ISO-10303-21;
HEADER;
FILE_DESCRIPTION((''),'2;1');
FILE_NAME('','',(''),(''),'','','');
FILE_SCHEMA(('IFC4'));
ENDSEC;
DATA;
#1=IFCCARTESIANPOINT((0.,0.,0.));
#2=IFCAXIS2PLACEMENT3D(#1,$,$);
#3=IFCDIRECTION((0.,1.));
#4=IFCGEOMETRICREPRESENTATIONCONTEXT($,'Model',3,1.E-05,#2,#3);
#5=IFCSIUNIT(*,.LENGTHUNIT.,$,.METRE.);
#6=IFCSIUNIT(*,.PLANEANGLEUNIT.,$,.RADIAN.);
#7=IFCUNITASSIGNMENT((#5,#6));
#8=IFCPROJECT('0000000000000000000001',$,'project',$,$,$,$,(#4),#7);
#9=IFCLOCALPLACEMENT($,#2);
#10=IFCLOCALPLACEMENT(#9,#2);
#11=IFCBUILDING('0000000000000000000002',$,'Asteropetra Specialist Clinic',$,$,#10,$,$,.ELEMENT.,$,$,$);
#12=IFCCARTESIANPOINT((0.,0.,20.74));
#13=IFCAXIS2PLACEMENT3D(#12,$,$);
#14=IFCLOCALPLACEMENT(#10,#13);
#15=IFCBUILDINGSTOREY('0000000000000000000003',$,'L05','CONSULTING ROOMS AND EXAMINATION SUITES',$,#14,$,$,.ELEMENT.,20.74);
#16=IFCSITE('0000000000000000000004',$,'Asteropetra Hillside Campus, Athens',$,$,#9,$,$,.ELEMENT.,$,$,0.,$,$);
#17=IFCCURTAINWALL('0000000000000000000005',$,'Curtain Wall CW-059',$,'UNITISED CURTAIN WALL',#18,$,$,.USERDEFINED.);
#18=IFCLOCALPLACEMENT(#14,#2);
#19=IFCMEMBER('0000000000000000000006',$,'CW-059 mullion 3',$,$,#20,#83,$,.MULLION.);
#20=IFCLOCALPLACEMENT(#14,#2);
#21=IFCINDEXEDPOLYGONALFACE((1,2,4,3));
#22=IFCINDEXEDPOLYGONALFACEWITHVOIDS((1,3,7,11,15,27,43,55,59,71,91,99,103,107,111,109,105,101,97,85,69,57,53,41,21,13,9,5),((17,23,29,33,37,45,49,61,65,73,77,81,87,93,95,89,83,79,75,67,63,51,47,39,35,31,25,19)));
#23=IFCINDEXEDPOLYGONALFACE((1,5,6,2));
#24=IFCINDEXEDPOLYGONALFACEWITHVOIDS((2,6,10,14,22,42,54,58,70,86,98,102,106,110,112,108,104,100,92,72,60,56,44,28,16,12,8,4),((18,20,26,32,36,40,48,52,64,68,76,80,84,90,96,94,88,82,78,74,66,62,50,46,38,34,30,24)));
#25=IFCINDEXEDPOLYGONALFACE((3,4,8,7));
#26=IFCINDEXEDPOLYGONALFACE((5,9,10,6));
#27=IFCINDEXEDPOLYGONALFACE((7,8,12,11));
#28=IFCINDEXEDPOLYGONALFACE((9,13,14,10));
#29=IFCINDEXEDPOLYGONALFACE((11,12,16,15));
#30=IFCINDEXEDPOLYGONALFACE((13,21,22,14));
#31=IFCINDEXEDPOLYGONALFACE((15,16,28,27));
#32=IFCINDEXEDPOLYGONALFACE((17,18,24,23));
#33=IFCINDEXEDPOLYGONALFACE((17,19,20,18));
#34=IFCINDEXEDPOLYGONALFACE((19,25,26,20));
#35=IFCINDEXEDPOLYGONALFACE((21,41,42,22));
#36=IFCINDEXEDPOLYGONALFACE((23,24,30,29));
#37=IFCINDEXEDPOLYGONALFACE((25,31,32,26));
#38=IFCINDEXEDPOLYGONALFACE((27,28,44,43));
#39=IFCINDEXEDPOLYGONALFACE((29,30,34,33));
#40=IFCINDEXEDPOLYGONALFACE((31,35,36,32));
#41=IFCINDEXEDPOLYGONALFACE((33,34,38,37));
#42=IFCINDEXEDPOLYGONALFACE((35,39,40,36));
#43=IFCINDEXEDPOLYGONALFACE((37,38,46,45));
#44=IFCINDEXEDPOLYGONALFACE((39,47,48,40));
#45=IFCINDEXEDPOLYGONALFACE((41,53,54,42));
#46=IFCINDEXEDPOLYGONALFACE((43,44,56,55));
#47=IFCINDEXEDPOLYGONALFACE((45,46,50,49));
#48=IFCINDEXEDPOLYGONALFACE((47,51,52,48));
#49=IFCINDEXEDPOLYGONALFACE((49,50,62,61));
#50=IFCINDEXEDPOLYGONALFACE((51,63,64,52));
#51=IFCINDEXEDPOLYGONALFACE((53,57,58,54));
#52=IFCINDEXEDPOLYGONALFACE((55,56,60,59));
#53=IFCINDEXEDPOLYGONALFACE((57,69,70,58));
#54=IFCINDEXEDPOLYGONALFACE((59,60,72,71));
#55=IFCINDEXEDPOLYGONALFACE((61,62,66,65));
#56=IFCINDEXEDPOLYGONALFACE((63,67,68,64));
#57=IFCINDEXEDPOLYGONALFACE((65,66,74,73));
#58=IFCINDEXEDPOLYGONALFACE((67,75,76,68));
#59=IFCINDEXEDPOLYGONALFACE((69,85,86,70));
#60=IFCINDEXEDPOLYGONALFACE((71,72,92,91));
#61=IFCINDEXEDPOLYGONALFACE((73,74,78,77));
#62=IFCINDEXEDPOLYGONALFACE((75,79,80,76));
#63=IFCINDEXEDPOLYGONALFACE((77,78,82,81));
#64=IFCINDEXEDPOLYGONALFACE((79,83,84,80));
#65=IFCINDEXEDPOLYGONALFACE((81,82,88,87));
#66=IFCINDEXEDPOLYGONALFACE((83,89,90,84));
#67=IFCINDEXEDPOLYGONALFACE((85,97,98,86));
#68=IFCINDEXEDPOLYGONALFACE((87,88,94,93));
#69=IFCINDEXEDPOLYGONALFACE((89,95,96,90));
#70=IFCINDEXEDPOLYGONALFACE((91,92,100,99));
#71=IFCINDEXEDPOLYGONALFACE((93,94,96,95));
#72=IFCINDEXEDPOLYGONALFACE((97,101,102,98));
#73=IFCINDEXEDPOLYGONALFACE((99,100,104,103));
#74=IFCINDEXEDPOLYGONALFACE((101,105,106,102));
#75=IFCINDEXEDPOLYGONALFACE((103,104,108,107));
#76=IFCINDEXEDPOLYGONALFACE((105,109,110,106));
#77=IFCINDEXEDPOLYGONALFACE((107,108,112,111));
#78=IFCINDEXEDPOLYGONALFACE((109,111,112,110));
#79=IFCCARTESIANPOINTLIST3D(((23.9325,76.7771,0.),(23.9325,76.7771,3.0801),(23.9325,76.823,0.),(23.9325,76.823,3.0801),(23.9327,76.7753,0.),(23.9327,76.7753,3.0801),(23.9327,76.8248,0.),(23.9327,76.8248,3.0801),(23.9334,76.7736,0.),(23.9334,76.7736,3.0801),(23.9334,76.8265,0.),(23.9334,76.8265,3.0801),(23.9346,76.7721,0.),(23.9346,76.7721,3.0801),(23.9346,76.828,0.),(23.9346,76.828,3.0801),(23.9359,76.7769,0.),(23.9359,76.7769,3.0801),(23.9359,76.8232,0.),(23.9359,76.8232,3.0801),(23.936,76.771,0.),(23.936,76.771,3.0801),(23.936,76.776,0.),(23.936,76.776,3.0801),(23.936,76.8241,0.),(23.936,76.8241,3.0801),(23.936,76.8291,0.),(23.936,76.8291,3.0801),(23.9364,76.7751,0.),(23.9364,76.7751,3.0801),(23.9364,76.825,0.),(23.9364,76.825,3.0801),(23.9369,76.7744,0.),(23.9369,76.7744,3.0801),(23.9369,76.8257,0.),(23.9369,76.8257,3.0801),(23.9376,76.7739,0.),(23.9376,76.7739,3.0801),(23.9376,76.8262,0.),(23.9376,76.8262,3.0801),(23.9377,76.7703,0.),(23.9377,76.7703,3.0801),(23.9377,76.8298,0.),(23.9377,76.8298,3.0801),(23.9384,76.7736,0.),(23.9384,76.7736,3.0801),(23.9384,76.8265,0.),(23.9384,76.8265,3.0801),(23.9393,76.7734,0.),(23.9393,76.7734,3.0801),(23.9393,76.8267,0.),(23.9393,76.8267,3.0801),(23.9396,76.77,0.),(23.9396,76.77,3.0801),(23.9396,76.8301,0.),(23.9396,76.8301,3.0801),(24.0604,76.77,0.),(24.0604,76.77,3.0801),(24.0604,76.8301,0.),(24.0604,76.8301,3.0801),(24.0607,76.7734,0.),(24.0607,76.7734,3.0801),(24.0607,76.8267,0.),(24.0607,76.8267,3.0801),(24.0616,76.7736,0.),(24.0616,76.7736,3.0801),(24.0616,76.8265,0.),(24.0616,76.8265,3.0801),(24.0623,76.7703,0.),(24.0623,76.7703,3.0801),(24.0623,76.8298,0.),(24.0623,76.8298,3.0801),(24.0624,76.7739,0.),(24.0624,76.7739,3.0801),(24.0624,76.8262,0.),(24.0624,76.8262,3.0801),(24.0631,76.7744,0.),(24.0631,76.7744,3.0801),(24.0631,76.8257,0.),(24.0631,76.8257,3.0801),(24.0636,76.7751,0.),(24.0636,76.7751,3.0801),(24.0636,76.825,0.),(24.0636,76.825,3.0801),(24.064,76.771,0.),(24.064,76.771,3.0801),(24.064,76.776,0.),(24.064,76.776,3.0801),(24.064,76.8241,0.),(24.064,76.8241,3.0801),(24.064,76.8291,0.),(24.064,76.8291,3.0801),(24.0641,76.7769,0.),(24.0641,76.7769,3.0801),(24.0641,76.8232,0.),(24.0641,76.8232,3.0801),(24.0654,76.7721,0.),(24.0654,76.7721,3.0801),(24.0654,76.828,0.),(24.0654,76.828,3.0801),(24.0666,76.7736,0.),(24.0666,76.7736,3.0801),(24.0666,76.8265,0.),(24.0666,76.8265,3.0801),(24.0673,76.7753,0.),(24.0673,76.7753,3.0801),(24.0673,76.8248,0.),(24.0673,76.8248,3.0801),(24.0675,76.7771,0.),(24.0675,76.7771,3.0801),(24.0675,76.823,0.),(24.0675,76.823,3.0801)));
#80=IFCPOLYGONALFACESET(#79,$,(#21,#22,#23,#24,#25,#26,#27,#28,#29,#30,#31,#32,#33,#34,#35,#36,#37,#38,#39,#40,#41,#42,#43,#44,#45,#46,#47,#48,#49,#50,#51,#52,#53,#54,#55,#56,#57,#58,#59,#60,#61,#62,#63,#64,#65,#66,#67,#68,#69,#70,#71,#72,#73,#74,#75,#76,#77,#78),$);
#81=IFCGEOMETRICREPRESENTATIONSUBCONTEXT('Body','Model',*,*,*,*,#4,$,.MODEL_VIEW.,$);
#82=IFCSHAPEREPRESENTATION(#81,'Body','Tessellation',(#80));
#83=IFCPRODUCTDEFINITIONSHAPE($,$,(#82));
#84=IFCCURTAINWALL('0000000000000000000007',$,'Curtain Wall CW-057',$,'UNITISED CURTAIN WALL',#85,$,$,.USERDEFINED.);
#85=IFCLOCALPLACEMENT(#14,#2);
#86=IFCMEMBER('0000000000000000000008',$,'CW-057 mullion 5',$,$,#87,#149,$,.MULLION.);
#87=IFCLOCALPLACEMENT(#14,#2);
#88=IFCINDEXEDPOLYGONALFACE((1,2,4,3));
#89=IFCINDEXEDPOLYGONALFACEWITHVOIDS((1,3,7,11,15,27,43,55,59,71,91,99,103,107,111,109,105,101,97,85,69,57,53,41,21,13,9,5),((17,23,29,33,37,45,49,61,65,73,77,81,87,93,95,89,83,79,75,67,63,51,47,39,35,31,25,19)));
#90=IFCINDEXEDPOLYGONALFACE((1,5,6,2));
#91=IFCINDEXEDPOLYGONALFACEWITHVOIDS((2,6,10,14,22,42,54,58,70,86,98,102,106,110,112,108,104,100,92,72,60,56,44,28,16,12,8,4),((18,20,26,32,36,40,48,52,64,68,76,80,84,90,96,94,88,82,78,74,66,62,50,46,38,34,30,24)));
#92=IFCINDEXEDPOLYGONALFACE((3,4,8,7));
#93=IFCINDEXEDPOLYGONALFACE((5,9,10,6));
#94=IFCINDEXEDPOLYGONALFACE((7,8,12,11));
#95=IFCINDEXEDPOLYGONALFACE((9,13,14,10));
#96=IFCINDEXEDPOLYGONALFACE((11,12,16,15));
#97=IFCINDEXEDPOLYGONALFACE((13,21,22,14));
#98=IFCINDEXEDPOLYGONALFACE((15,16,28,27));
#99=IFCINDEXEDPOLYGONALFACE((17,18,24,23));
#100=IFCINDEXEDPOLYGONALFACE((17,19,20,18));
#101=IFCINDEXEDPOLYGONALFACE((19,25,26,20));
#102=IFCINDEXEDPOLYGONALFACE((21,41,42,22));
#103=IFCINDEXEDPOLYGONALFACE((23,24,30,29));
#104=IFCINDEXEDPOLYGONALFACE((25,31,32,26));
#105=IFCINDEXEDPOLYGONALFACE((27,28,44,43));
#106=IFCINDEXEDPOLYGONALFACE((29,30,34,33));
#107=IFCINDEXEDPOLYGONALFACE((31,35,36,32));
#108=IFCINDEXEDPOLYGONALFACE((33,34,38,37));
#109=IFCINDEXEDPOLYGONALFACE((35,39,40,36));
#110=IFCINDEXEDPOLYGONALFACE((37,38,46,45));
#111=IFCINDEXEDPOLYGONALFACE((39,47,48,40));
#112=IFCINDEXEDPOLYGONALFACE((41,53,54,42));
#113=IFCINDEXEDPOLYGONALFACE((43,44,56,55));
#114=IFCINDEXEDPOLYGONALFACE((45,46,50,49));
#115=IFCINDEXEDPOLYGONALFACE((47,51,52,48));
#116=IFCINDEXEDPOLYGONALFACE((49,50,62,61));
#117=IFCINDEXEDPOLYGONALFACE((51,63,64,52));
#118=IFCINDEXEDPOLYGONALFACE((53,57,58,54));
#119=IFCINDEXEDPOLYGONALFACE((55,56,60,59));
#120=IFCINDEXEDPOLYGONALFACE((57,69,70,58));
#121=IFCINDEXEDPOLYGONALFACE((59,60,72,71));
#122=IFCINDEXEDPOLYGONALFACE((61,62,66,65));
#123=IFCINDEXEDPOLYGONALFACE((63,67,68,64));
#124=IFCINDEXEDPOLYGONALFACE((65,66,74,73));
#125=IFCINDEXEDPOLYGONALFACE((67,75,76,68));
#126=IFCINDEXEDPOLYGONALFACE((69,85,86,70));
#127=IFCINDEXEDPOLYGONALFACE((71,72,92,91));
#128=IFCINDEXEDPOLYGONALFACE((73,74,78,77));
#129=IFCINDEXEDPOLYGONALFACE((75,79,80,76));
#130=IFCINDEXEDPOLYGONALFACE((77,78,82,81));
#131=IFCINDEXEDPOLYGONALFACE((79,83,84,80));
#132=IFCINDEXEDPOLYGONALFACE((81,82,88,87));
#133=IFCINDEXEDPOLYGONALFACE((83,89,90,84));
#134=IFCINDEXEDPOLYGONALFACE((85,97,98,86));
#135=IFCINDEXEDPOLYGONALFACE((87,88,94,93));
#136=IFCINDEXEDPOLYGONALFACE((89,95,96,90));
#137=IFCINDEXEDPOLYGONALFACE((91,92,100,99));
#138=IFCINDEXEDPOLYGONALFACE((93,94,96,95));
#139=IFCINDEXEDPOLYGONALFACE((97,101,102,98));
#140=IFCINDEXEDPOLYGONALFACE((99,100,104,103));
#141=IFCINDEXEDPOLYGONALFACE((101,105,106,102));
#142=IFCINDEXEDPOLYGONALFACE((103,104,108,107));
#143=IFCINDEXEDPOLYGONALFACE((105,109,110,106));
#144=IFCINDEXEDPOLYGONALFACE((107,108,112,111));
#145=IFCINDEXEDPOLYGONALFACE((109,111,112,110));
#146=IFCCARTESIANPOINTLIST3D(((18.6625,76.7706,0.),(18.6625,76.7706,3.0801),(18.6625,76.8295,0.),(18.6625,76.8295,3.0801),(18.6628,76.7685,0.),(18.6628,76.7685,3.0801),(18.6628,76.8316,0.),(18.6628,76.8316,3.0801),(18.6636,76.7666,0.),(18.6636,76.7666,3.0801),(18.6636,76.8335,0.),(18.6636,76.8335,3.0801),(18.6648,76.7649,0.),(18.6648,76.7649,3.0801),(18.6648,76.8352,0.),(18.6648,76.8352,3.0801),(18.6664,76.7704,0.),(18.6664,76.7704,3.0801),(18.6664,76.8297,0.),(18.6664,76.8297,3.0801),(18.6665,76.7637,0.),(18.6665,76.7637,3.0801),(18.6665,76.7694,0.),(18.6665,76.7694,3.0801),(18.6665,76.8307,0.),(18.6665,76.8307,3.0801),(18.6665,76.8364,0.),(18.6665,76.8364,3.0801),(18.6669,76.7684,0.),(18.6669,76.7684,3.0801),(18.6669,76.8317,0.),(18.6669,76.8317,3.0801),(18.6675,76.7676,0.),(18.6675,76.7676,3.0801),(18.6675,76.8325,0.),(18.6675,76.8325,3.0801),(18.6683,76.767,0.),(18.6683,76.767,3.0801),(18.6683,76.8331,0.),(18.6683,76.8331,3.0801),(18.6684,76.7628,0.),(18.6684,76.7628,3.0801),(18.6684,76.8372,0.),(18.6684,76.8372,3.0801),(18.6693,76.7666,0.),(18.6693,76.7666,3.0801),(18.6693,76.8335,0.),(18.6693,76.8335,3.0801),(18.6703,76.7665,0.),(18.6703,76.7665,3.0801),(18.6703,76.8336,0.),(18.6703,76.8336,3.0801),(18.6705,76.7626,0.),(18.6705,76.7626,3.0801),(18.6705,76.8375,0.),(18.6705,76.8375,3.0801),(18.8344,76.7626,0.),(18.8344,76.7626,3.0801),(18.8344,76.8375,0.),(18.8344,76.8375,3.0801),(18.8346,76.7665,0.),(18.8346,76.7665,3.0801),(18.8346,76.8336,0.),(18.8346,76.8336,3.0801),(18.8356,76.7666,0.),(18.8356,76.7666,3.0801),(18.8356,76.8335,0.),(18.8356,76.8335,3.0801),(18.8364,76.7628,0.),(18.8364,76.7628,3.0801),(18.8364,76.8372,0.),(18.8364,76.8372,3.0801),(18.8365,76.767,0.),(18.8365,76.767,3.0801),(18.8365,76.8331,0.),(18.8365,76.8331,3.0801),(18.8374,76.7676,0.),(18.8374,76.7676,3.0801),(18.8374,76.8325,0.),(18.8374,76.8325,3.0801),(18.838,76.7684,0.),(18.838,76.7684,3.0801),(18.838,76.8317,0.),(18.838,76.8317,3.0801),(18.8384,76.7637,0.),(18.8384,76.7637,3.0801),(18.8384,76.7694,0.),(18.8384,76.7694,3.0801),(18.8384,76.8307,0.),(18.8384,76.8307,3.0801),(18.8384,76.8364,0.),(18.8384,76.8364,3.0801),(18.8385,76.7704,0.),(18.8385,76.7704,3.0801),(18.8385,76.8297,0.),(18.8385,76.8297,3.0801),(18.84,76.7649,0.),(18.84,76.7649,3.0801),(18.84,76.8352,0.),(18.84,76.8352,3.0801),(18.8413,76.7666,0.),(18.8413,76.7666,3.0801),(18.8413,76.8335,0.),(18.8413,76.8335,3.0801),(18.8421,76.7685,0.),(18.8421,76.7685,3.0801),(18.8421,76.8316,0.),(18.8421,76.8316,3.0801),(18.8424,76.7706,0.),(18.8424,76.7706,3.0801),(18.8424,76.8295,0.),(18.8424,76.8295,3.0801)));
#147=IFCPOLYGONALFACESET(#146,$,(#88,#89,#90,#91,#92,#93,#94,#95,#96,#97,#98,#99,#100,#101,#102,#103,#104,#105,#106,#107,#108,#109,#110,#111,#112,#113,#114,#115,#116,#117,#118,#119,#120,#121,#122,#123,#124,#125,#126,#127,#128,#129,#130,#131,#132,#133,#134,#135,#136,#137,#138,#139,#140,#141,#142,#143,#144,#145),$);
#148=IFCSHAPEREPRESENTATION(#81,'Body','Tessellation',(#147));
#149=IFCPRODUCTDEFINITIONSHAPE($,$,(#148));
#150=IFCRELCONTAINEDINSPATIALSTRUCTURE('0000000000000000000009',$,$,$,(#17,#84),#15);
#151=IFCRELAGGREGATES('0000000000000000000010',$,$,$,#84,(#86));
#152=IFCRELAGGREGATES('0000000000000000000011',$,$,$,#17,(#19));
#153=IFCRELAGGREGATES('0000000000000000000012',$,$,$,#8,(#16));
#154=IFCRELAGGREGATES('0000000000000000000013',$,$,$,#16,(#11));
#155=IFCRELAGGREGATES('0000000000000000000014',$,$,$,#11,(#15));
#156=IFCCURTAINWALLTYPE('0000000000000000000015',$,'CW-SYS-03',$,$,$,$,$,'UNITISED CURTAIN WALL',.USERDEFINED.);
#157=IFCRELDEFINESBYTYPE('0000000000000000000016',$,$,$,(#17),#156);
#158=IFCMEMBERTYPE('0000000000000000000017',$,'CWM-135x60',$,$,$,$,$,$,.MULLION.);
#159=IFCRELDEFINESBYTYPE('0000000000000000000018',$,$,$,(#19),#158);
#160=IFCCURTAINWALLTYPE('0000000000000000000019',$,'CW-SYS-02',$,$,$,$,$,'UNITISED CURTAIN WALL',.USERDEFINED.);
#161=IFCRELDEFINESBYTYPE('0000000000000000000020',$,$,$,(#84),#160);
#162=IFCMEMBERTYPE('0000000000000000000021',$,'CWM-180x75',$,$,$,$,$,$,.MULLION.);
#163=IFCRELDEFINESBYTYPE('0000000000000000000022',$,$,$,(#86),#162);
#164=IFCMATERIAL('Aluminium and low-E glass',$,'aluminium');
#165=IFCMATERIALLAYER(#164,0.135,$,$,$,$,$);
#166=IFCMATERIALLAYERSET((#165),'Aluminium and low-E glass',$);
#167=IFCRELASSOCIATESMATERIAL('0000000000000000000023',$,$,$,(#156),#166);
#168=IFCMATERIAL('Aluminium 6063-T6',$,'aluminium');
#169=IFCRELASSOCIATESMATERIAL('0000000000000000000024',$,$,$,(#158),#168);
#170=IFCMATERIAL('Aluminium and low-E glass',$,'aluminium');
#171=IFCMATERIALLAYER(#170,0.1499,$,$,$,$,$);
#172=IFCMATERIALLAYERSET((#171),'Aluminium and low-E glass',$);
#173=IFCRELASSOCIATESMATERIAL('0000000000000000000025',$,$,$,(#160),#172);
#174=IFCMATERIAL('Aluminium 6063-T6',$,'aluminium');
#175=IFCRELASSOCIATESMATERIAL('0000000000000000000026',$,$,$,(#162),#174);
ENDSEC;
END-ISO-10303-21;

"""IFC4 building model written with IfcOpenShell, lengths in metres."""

from ifc_helpers import new_model, si_unit, direction, frame, origin, origin_2d, place, context, subcontext, project, spatial, hollow_rectangle, extrude, material, layer, layer_set, material_profile, profile_set, type_object, element, aggregate, save


model = new_model("IFC4")

# Units and contexts
model_context = context("Model", 3, precision=1e-05, world=origin(), true_north=direction((0.0, 1.0)))
body_context = subcontext(model_context, "Body", "Model", "MODEL_VIEW")
ifc_project = project(units=[si_unit("LENGTHUNIT", "METRE"), si_unit("PLANEANGLEUNIT", "RADIAN")], contexts=[model_context])

# Site, building, storey
site_placement = place(None, origin())
site = spatial("IfcSite", under=ifc_project, at=site_placement, Name="Asteropetra Hillside Campus, Athens", CompositionType="ELEMENT", RefElevation=0.0)
building_placement = place(site_placement, origin())
building = spatial("IfcBuilding", under=site, at=building_placement, Name="Asteropetra Specialist Clinic", CompositionType="ELEMENT")
storey_placement = place(building_placement, frame((0.0, 0.0, 20.74)))
storey = spatial("IfcBuildingStorey", under=building, at=storey_placement, Name="L05", Description="CONSULTING ROOMS AND EXAMINATION SUITES", CompositionType="ELEMENT", Elevation=20.74)

# Curtain wall, member
ifc_material_1 = material(Name="Aluminium and low-E glass", Category="aluminium")
ifc_layer_1 = layer(ifc_material_1, 0.135)
ifc_layer_set_1 = layer_set([ifc_layer_1], Name="Aluminium and low-E glass")
curtain_wall_type_1 = type_object("IfcCurtainWallType", Name="CW-SYS-03", ElementType="UNITISED CURTAIN WALL", PredefinedType="USERDEFINED", material=ifc_layer_set_1)
curtain_wall_1_placement = place(storey_placement, origin())
curtain_wall_1 = element("IfcCurtainWall", 1, at=curtain_wall_1_placement, inside=storey, type_object=curtain_wall_type_1, Name="Curtain Wall CW-059", ObjectType="UNITISED CURTAIN WALL", PredefinedType="USERDEFINED")
ifc_material_2 = material(Name="Aluminium 6063-T6", Category="aluminium")
ifc_material_profile_1 = material_profile(ifc_material_2, hollow_rectangle(XDim=0.0601, YDim=0.135, WallThickness=0.0034, InnerFilletRadius=0.0034, OuterFilletRadius=0.0071, at=origin_2d()), Name="MUL 135x60x3.5")
ifc_profile_set_1 = profile_set([ifc_material_profile_1], Name="Aluminium 6063-T6")
member_type_1 = type_object("IfcMemberType", Name="CWM-135x60", PredefinedType="MULLION", material=ifc_profile_set_1)
member_1_placement = place(storey_placement, frame((24.0, 76.8, 0.0), z_axis=(0.0, 0.0, 1.0), x_axis=(0.0, 1.0, 0.0)))
member_1 = element("IfcMember", 2, at=member_1_placement, type_object=member_type_1, Name="CW-059 mullion 3", PredefinedType="MULLION", context=body_context, shape_type="SweptSolid", body=[
    extrude(hollow_rectangle(XDim=0.0601, YDim=0.135, WallThickness=0.0034, InnerFilletRadius=0.0034, OuterFilletRadius=0.0071, at=origin_2d()), origin(), (0.0, 0.0, 1.0), 3.0801),
])

# Curtain wall, member
ifc_material_3 = material(Name="Aluminium and low-E glass", Category="aluminium")
ifc_layer_2 = layer(ifc_material_3, 0.1499)
ifc_layer_set_2 = layer_set([ifc_layer_2], Name="Aluminium and low-E glass")
curtain_wall_type_2 = type_object("IfcCurtainWallType", Name="CW-SYS-02", ElementType="UNITISED CURTAIN WALL", PredefinedType="USERDEFINED", material=ifc_layer_set_2)
curtain_wall_2_placement = place(storey_placement, origin())
curtain_wall_2 = element("IfcCurtainWall", 3, at=curtain_wall_2_placement, inside=storey, type_object=curtain_wall_type_2, Name="Curtain Wall CW-057", ObjectType="UNITISED CURTAIN WALL", PredefinedType="USERDEFINED")
ifc_material_4 = material(Name="Aluminium 6063-T6", Category="aluminium")
ifc_material_profile_2 = material_profile(ifc_material_4, hollow_rectangle(XDim=0.075, YDim=0.1799, WallThickness=0.0039, InnerFilletRadius=0.0039, OuterFilletRadius=0.0081, at=origin_2d()), Name="MUL 180x75x4.0")
ifc_profile_set_2 = profile_set([ifc_material_profile_2], Name="Aluminium 6063-T6")
member_type_2 = type_object("IfcMemberType", Name="CWM-180x75", PredefinedType="MULLION", material=ifc_profile_set_2)
member_2_placement = place(storey_placement, frame((18.7524, 76.8, 0.0), z_axis=(0.0, 0.0, 1.0), x_axis=(0.0, 1.0, 0.0)))
member_2 = element("IfcMember", 4, at=member_2_placement, type_object=member_type_2, Name="CW-057 mullion 5", PredefinedType="MULLION", context=body_context, shape_type="SweptSolid", body=[
    extrude(hollow_rectangle(XDim=0.075, YDim=0.1799, WallThickness=0.0039, InnerFilletRadius=0.0039, OuterFilletRadius=0.0081, at=origin_2d()), origin(), (0.0, 0.0, 1.0), 3.0801),
])

aggregate(curtain_wall_2, [member_2])
aggregate(curtain_wall_1, [member_1])

save(model, "model.ifc")
